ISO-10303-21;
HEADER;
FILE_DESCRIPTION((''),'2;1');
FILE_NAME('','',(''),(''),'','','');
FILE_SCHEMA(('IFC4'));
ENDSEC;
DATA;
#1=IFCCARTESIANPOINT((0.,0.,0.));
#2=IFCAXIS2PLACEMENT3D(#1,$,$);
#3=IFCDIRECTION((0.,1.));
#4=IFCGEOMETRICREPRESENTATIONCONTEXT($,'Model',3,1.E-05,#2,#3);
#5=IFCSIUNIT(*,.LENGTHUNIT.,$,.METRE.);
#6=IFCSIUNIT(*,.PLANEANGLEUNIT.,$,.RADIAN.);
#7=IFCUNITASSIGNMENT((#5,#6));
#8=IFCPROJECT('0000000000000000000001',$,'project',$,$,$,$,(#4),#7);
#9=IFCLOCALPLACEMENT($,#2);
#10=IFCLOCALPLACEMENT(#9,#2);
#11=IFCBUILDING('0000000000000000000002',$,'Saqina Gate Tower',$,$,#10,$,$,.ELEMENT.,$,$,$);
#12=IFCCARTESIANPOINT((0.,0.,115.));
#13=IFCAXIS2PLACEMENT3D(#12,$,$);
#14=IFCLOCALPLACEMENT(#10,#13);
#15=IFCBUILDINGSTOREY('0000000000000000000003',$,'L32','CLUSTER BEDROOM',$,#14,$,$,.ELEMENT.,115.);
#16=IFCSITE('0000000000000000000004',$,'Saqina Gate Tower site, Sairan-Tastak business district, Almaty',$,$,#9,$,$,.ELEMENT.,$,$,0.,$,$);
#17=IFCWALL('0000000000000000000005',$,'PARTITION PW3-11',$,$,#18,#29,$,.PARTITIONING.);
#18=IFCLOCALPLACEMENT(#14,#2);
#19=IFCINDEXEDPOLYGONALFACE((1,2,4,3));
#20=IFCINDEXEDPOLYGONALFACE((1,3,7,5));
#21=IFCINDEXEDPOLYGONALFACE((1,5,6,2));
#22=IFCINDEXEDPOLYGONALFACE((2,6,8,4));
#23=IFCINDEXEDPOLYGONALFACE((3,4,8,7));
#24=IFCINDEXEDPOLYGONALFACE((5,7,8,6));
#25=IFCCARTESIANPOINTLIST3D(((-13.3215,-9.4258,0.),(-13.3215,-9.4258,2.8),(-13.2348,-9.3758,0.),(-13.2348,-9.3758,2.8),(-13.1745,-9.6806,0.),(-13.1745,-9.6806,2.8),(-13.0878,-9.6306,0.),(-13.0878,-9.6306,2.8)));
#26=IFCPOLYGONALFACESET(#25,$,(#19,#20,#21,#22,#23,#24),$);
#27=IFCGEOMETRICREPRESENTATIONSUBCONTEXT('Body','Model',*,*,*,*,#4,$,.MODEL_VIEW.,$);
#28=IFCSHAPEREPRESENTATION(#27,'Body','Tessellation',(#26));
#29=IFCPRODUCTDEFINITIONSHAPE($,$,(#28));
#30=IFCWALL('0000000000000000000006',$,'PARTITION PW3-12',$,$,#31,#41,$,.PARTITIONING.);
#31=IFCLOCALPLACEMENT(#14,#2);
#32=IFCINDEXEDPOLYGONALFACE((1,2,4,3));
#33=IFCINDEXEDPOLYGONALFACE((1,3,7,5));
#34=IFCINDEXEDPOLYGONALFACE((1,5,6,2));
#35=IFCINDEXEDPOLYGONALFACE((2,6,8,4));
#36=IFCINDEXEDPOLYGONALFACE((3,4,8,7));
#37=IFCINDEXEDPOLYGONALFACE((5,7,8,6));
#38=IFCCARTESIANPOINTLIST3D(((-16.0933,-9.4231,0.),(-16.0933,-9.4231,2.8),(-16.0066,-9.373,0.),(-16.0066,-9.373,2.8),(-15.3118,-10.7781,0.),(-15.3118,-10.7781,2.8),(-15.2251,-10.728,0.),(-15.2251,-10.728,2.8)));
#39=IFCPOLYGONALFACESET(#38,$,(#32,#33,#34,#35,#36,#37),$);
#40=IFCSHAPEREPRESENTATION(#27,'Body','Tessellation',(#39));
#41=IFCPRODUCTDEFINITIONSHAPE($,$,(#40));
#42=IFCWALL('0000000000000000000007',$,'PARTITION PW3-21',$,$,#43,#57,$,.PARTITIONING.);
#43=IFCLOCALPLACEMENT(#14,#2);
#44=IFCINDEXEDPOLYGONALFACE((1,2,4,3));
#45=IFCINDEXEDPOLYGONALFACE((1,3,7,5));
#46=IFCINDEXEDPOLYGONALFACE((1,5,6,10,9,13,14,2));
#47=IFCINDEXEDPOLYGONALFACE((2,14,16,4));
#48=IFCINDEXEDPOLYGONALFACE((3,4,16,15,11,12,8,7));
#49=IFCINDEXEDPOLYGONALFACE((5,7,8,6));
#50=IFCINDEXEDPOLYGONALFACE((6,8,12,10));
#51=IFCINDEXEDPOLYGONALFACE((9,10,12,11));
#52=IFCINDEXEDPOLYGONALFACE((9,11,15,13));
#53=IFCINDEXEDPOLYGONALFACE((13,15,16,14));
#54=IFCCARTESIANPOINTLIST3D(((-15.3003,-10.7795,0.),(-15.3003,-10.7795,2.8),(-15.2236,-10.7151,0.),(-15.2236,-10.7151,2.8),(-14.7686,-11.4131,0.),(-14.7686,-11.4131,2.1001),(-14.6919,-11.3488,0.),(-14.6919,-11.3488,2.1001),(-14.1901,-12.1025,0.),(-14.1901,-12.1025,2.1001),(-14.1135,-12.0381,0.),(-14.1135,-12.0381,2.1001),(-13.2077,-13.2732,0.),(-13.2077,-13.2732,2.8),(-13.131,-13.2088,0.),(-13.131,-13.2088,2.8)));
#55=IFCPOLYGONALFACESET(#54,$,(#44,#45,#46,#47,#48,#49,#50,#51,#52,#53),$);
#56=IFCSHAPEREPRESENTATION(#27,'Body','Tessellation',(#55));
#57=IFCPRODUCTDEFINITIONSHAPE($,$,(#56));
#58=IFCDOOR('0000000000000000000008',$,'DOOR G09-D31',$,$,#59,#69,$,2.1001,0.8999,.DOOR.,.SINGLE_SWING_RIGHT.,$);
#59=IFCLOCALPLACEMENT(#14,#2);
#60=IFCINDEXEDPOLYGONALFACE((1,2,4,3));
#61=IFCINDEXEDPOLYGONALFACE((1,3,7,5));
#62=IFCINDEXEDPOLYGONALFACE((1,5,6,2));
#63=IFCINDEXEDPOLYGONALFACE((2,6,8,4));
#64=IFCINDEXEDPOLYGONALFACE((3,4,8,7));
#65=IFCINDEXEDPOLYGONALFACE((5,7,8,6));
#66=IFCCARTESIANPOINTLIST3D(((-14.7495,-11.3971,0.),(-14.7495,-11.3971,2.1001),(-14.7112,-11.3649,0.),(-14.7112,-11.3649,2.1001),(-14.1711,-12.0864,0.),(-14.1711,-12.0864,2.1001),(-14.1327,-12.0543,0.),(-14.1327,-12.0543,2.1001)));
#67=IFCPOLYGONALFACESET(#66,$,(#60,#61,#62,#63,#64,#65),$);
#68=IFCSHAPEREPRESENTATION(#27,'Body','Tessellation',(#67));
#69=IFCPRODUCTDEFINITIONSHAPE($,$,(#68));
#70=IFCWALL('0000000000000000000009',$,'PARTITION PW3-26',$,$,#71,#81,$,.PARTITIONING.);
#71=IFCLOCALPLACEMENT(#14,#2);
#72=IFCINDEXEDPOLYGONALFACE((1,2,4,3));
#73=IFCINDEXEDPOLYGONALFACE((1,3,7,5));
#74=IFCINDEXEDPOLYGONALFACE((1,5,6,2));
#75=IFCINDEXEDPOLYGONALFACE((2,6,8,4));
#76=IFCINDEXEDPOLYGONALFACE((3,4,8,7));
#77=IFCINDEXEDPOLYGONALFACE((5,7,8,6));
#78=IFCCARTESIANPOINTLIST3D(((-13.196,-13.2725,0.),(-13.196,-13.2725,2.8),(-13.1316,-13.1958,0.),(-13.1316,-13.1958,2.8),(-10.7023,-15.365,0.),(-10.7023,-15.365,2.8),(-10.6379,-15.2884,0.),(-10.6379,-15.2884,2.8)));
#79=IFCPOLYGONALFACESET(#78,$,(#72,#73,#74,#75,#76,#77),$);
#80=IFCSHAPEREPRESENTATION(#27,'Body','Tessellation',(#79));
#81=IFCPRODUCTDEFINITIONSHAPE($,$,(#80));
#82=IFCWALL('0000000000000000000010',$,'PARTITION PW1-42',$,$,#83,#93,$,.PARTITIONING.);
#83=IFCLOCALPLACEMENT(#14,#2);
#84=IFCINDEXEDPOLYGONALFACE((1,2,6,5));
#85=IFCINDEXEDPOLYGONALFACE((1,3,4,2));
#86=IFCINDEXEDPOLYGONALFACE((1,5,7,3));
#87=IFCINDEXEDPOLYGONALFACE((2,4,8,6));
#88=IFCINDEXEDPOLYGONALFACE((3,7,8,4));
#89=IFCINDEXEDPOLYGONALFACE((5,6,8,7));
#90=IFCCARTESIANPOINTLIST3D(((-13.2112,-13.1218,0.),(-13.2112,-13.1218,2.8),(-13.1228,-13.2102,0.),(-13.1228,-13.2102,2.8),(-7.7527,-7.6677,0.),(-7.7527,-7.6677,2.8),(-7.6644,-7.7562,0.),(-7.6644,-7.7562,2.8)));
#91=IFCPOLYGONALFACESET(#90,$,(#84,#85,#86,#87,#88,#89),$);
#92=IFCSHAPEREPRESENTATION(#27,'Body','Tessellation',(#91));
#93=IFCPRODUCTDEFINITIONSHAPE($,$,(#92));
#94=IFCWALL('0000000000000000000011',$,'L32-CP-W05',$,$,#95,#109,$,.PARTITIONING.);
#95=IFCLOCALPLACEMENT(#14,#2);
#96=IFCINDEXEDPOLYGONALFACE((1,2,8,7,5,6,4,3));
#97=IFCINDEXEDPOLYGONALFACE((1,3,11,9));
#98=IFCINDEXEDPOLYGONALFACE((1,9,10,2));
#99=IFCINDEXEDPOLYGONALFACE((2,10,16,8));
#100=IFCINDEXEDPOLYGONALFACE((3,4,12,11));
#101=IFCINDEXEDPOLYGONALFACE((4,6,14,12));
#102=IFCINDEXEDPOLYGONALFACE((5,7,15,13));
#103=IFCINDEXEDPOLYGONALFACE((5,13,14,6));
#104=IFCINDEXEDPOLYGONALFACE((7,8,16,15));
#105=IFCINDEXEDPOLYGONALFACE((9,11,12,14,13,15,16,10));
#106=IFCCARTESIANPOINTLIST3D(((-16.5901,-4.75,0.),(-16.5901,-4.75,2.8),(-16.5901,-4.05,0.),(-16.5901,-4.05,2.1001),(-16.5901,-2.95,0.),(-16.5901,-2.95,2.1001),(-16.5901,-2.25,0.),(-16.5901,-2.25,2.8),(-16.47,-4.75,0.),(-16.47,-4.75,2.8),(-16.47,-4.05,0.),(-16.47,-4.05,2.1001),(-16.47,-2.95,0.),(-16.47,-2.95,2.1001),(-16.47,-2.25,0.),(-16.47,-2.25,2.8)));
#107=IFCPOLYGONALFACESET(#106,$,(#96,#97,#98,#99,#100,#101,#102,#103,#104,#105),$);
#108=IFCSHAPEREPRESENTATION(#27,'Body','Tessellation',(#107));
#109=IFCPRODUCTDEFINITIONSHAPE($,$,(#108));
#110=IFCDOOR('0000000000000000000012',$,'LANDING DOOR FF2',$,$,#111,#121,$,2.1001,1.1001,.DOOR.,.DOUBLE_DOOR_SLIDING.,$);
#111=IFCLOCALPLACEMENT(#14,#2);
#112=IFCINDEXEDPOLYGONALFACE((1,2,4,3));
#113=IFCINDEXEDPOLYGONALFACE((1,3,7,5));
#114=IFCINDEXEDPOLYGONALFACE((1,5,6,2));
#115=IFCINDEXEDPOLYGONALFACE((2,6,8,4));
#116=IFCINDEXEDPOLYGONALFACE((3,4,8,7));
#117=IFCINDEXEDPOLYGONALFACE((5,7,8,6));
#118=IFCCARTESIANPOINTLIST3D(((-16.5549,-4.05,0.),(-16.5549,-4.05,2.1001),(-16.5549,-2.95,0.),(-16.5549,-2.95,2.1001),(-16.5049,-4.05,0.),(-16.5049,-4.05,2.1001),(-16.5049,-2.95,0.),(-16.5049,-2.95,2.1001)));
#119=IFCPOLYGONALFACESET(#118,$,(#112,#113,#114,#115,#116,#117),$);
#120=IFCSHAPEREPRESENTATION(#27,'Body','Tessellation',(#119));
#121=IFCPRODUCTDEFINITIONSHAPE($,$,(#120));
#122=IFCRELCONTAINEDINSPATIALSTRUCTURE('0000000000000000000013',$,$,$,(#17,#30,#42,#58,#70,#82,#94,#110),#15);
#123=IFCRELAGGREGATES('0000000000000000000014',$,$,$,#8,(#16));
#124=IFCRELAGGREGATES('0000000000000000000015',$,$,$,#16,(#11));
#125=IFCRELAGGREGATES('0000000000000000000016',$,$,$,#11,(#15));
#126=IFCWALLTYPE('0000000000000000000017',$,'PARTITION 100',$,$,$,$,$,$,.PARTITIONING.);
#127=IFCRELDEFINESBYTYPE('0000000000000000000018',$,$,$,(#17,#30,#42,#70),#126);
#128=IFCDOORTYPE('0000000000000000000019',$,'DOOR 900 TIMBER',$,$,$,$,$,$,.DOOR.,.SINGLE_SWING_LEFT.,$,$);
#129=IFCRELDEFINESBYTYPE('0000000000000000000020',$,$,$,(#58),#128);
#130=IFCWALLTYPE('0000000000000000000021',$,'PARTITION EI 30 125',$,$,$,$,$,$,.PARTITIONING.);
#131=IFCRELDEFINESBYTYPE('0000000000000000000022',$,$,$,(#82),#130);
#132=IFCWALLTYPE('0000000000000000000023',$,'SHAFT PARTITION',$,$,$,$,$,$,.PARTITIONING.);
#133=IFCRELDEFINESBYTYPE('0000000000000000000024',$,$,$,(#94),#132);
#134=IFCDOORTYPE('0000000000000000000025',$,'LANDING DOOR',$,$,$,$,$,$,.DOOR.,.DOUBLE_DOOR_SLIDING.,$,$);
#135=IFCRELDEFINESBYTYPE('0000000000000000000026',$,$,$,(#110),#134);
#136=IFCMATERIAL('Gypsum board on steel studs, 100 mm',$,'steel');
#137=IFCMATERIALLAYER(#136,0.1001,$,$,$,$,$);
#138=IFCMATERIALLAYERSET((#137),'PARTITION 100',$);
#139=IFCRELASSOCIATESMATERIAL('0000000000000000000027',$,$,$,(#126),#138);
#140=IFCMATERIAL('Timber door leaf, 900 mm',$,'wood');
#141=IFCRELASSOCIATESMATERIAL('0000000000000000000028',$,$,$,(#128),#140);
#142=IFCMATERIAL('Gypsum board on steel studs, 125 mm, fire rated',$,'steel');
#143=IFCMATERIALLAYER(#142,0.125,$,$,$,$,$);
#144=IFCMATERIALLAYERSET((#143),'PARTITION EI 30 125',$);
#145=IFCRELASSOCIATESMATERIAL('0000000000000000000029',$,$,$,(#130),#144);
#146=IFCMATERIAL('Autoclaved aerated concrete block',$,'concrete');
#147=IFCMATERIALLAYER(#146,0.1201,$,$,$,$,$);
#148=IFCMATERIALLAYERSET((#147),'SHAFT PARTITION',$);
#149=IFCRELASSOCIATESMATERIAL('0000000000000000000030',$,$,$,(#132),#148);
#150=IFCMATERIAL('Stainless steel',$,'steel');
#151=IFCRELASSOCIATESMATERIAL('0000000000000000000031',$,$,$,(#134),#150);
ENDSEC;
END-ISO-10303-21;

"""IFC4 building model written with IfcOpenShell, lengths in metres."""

from ifc_helpers import new_model, si_unit, direction, frame, frame_2d, origin, place, context, subcontext, project, spatial, rectangle, extrude, material, layer, layer_set, type_object, element, fill, save


model = new_model("IFC4")

# Units and contexts
model_context = context("Model", 3, precision=1e-05, world=origin(), true_north=direction((0.0, 1.0)))
body_context = subcontext(model_context, "Body", "Model", "MODEL_VIEW")
ifc_project = project(units=[si_unit("LENGTHUNIT", "METRE"), si_unit("PLANEANGLEUNIT", "RADIAN")], contexts=[model_context])

# Site, building, storey
site_placement = place(None, origin())
site = spatial("IfcSite", under=ifc_project, at=site_placement, Name="Saqina Gate Tower site, Sairan-Tastak business district, Almaty", CompositionType="ELEMENT", RefElevation=0.0)
building_placement = place(site_placement, origin())
building = spatial("IfcBuilding", under=site, at=building_placement, Name="Saqina Gate Tower", CompositionType="ELEMENT")
storey_placement = place(building_placement, frame((0.0, 0.0, 115.0)))
storey = spatial("IfcBuildingStorey", under=building, at=storey_placement, Name="L32", Description="CLUSTER BEDROOM", CompositionType="ELEMENT", Elevation=115.0)

# Walls
ifc_material_1 = material(Name="Gypsum board on steel studs, 100 mm", Category="steel")
ifc_layer_1 = layer(ifc_material_1, 0.1001)
ifc_layer_set_1 = layer_set([ifc_layer_1], Name="PARTITION 100")
wall_type_1 = type_object("IfcWallType", Name="PARTITION 100", PredefinedType="PARTITIONING", material=ifc_layer_set_1)
wall_1_placement = place(storey_placement, frame((-13.2781, -9.4009, 0.0), z_axis=(0.0, 0.0, 1.0), x_axis=(0.499531, -0.866296, 0.0)))
element("IfcWall", 1, at=wall_1_placement, inside=storey, type_object=wall_type_1, Name="PARTITION PW3-11", PredefinedType="PARTITIONING", context=body_context, shape_type="SweptSolid", body=[
    extrude(rectangle(XDim=0.2942, YDim=0.1001, at=frame_2d((0.147, 0.0))), origin(), (0.0, 0.0, 1.0), 2.8),
])
wall_2_placement = place(storey_placement, frame((-16.05, -9.3979, 0.0), z_axis=(0.0, 0.0, 1.0), x_axis=(0.499614, -0.866248, 0.0)))
element("IfcWall", 2, at=wall_2_placement, inside=storey, type_object=wall_type_1, Name="PARTITION PW3-12", PredefinedType="PARTITIONING", context=body_context, shape_type="SweptSolid", body=[
    extrude(rectangle(XDim=1.5642, YDim=0.1001, at=frame_2d((0.7822, 0.0))), origin(), (0.0, 0.0, 1.0), 2.8),
])

# Wall, opening, door
wall_3_placement = place(storey_placement, frame((-15.262, -10.7473, 0.0), z_axis=(0.0, 0.0, 1.0), x_axis=(0.642807, -0.766028, 0.0)))
wall_3 = element("IfcWall", 3, at=wall_3_placement, inside=storey, type_object=wall_type_1, Name="PARTITION PW3-21", PredefinedType="PARTITIONING", context=body_context, shape_type="SweptSolid", body=[
    extrude(rectangle(XDim=3.2554, YDim=0.1001, at=frame_2d((1.6277, 0.0))), origin(), (0.0, 0.0, 1.0), 2.8),
])
opening_1_placement = place(wall_3_placement, frame((0.8271, 0.0, 0.0)))
opening_1 = element("IfcOpeningElement", 4, at=opening_1_placement, cuts=wall_3, PredefinedType="OPENING", context=body_context, shape_type="SweptSolid", body=[
    extrude(rectangle(XDim=0.8999, YDim=2.1001, at=frame_2d((0.45, 1.05))), frame((0.0, 0.062, 0.0), z_axis=(0.0, -1.0, 0.0), x_axis=(1.0, 0.0, 0.0)), (0.0, 0.0, 1.0), 0.124),
])
ifc_material_2 = material(Name="Timber door leaf, 900 mm", Category="wood")
door_type_1 = type_object("IfcDoorType", Name="DOOR 900 TIMBER", OperationType="SINGLE_SWING_LEFT", PredefinedType="DOOR", material=ifc_material_2)
door_1_placement = place(opening_1_placement, origin())
door_1 = element("IfcDoor", 5, at=door_1_placement, inside=storey, type_object=door_type_1, Name="DOOR G09-D31", OperationType="SINGLE_SWING_RIGHT", OverallHeight=2.1001, OverallWidth=0.8999, PredefinedType="DOOR", context=body_context, shape_type="SweptSolid", body=[
    extrude(rectangle(XDim=0.8999, YDim=2.1001, at=frame_2d((0.45, 1.05))), frame((0.0, 0.0249, 0.0), z_axis=(0.0, -1.0, 0.0), x_axis=(1.0, 0.0, 0.0)), (0.0, 0.0, 1.0), 0.05),
])
fill(opening_1, door_1)

# Walls
wall_4_placement = place(storey_placement, frame((-13.1638, -13.2341, 0.0), z_axis=(0.0, 0.0, 1.0), x_axis=(0.766028, -0.642807, 0.0)))
element("IfcWall", 6, at=wall_4_placement, inside=storey, type_object=wall_type_1, Name="PARTITION PW3-26", PredefinedType="PARTITIONING", context=body_context, shape_type="SweptSolid", body=[
    extrude(rectangle(XDim=3.2554, YDim=0.1001, at=frame_2d((1.6277, 0.0))), origin(), (0.0, 0.0, 1.0), 2.8),
])
ifc_material_3 = material(Name="Gypsum board on steel studs, 125 mm, fire rated", Category="steel")
ifc_layer_2 = layer(ifc_material_3, 0.125)
ifc_layer_set_2 = layer_set([ifc_layer_2], Name="PARTITION EI 30 125")
wall_type_2 = type_object("IfcWallType", Name="PARTITION EI 30 125", PredefinedType="PARTITIONING", material=ifc_layer_set_2)
wall_5_placement = place(storey_placement, frame((-13.167, -13.166, 0.0), z_axis=(0.0, 0.0, 1.0), x_axis=(0.707391, 0.706822, 0.0)))
element("IfcWall", 7, at=wall_5_placement, inside=storey, type_object=wall_type_2, Name="PARTITION PW1-42", PredefinedType="PARTITIONING", context=body_context, shape_type="SweptSolid", body=[
    extrude(rectangle(XDim=7.7163, YDim=0.125, at=frame_2d((3.8582, 0.0))), origin(), (0.0, 0.0, 1.0), 2.8),
])

# Wall, opening, door
ifc_material_4 = material(Name="Autoclaved aerated concrete block", Category="concrete")
ifc_layer_3 = layer(ifc_material_4, 0.1201)
ifc_layer_set_3 = layer_set([ifc_layer_3], Name="SHAFT PARTITION")
wall_type_3 = type_object("IfcWallType", Name="SHAFT PARTITION", PredefinedType="PARTITIONING", material=ifc_layer_set_3)
wall_6_placement = place(storey_placement, frame((-16.53, -4.75, 0.0), z_axis=(0.0, 0.0, 1.0), x_axis=(0.0, 1.0, 0.0)))
wall_6 = element("IfcWall", 8, at=wall_6_placement, inside=storey, type_object=wall_type_3, Name="L32-CP-W05", PredefinedType="PARTITIONING", context=body_context, shape_type="SweptSolid", body=[
    extrude(rectangle(XDim=2.5, YDim=0.1201, at=frame_2d((1.25, 0.0))), origin(), (0.0, 0.0, 1.0), 2.8),
])
opening_2_placement = place(wall_6_placement, frame((0.7, 0.0, 0.0)))
opening_2 = element("IfcOpeningElement", 9, at=opening_2_placement, cuts=wall_6, PredefinedType="OPENING", context=body_context, shape_type="SweptSolid", body=[
    extrude(rectangle(XDim=1.1001, YDim=2.1001, at=frame_2d((0.55, 1.05))), frame((0.0, 0.072, 0.0), z_axis=(0.0, -1.0, 0.0), x_axis=(1.0, 0.0, 0.0)), (0.0, 0.0, 1.0), 0.144),
])
ifc_material_5 = material(Name="Stainless steel", Category="steel")
door_type_2 = type_object("IfcDoorType", Name="LANDING DOOR", OperationType="DOUBLE_DOOR_SLIDING", PredefinedType="DOOR", material=ifc_material_5)
door_2_placement = place(opening_2_placement, origin())
door_2 = element("IfcDoor", 10, at=door_2_placement, inside=storey, type_object=door_type_2, Name="LANDING DOOR FF2", OperationType="DOUBLE_DOOR_SLIDING", OverallHeight=2.1001, OverallWidth=1.1001, PredefinedType="DOOR", context=body_context, shape_type="SweptSolid", body=[
    extrude(rectangle(XDim=1.1001, YDim=2.1001, at=frame_2d((0.55, 1.05))), frame((0.0, 0.0249, 0.0), z_axis=(0.0, -1.0, 0.0), x_axis=(1.0, 0.0, 0.0)), (0.0, 0.0, 1.0), 0.05),
])
fill(opening_2, door_2)

save(model, "model.ifc")
